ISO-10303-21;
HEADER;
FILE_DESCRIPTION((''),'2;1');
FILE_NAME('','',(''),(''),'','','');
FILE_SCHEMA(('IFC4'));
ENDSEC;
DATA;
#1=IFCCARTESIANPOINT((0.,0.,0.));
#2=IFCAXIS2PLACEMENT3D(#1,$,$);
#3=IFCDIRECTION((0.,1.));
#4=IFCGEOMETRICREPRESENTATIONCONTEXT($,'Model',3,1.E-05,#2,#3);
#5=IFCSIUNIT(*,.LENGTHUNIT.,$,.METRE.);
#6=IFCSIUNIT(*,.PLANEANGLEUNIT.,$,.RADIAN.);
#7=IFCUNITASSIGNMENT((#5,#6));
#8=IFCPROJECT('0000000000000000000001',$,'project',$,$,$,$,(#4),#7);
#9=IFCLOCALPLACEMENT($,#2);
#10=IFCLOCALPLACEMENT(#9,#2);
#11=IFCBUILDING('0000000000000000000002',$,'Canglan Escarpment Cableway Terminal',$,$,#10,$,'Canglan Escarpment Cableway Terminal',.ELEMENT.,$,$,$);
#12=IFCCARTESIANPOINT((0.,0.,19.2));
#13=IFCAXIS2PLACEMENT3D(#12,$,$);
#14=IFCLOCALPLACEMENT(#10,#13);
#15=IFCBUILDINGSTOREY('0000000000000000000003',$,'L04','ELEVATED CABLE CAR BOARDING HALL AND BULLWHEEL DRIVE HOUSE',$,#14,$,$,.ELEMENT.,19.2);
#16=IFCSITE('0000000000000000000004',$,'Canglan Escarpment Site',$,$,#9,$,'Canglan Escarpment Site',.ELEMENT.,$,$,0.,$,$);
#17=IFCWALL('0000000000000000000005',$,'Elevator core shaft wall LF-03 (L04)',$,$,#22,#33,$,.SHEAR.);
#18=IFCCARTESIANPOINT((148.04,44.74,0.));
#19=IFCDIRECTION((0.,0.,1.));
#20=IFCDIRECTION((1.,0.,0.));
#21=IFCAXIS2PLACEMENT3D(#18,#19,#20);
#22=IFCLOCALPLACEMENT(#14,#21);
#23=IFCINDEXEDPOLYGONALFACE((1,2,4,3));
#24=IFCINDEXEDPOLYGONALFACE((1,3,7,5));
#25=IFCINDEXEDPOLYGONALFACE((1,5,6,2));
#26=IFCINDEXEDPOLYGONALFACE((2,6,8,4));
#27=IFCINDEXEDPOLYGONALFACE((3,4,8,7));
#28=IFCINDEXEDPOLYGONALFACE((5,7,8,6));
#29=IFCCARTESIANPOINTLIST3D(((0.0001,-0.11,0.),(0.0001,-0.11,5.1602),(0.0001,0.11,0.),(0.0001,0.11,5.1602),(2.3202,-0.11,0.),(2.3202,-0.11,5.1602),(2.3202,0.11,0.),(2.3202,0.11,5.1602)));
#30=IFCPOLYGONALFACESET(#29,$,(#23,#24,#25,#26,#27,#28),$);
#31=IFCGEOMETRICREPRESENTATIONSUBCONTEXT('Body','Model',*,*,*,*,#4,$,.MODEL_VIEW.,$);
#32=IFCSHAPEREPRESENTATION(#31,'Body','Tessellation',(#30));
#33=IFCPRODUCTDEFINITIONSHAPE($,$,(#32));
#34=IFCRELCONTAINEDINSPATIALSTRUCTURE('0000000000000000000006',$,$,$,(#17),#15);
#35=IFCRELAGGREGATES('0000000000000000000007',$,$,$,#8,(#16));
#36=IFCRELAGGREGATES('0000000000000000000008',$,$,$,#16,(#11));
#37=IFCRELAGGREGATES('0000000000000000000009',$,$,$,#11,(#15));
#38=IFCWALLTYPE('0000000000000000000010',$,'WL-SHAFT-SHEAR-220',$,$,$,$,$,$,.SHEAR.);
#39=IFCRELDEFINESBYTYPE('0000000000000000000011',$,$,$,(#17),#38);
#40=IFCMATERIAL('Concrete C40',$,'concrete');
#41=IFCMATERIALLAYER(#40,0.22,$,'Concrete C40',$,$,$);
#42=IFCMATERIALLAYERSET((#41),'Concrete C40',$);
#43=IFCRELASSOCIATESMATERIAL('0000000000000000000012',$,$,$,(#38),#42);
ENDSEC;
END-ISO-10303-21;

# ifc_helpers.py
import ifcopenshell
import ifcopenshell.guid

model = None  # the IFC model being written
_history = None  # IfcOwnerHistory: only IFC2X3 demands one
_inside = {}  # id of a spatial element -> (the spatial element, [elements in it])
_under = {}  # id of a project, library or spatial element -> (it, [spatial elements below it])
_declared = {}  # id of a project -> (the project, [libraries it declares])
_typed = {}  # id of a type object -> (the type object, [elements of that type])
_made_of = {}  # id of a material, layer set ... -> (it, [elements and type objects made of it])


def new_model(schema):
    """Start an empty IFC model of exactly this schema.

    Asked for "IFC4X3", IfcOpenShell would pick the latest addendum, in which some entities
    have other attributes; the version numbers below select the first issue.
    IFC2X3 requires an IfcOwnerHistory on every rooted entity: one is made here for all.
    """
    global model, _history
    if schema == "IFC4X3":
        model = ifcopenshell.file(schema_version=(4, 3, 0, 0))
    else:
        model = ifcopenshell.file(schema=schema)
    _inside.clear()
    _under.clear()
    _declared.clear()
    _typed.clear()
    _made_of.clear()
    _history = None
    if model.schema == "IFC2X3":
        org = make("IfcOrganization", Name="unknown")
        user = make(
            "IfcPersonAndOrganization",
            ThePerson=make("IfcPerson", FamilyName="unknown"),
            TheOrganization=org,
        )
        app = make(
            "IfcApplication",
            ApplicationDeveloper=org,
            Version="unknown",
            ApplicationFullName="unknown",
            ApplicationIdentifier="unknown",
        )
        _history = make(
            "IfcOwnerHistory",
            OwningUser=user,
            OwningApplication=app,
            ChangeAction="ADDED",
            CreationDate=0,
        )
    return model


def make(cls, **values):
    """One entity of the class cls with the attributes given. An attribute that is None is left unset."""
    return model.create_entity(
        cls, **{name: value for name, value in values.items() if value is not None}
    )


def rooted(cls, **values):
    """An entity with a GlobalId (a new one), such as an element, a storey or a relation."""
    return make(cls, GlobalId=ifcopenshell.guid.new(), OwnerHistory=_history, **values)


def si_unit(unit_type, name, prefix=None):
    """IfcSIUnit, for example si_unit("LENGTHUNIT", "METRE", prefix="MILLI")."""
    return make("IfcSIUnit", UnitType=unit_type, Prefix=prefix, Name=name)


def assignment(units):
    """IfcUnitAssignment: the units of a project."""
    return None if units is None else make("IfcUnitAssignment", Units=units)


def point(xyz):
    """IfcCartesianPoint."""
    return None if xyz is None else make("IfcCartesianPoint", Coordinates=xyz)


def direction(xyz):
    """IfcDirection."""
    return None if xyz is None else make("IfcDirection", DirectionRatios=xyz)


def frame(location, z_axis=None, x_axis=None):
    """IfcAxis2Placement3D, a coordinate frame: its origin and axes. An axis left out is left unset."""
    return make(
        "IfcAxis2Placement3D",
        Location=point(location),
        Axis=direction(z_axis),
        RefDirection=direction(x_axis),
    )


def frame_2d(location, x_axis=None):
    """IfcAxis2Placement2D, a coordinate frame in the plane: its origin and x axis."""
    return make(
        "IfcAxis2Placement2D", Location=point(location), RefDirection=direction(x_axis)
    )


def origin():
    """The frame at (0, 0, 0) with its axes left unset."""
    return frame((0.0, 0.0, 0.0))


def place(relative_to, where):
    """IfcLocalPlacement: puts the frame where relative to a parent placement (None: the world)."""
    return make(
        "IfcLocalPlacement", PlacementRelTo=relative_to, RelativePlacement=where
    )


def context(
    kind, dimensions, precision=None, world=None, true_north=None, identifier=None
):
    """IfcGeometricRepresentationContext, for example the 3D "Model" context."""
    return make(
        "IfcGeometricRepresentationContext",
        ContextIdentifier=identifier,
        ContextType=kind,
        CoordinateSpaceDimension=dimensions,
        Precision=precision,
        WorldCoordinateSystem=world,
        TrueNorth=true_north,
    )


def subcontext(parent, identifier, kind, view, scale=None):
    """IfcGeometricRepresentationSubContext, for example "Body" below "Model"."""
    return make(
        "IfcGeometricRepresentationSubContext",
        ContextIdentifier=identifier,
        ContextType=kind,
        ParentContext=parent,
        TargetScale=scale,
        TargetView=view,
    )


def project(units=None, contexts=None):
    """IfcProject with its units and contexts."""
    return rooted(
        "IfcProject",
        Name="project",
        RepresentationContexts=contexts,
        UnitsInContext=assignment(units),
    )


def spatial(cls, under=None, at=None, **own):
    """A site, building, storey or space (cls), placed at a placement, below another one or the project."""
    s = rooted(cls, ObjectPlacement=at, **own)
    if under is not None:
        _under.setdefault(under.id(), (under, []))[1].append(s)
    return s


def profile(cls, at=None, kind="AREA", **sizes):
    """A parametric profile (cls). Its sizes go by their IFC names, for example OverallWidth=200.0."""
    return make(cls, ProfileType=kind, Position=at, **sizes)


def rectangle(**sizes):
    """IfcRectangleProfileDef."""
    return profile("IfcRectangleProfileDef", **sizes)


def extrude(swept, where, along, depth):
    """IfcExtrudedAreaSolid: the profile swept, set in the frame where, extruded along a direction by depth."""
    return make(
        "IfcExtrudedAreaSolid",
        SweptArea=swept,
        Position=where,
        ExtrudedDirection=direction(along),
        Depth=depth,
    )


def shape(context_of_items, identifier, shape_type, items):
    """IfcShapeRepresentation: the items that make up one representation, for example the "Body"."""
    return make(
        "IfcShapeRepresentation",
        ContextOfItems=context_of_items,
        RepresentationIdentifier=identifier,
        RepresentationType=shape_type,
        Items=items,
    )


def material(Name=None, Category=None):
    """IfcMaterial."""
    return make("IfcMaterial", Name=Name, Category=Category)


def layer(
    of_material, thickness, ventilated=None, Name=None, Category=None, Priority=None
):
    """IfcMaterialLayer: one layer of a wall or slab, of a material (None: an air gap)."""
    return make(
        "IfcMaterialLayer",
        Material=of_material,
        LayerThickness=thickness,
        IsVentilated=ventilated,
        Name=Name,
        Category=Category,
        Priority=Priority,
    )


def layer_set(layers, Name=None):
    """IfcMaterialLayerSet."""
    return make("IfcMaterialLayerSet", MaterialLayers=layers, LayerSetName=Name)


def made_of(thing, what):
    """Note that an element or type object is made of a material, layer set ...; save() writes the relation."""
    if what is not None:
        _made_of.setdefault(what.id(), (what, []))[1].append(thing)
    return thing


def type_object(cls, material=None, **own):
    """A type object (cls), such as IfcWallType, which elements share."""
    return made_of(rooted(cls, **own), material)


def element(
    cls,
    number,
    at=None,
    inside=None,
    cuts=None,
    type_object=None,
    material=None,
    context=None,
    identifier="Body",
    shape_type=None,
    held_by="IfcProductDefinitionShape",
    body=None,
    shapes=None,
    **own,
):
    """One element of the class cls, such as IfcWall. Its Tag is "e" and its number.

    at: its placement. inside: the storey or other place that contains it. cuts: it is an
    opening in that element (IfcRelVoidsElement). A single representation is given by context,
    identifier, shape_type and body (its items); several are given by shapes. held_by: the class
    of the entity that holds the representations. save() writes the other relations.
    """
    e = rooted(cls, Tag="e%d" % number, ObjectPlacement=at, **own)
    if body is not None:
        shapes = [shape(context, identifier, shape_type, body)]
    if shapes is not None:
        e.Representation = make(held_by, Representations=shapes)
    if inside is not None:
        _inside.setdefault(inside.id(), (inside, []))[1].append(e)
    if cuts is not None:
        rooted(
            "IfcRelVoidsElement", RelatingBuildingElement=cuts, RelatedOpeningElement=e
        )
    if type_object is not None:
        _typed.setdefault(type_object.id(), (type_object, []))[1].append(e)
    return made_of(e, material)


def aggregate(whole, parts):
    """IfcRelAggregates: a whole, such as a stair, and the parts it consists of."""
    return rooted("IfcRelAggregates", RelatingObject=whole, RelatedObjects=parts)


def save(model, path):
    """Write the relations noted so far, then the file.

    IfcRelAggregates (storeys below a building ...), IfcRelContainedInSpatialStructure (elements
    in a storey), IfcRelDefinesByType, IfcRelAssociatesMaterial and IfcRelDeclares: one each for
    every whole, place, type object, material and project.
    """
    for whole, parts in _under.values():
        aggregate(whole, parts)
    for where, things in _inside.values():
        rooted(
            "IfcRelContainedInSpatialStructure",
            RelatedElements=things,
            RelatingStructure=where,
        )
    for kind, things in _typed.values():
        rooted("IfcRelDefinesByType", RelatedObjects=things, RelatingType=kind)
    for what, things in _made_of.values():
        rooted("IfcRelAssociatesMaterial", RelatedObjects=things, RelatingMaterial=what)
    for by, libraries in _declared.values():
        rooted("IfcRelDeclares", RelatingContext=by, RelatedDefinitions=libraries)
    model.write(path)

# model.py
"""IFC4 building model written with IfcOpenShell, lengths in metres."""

from ifc_helpers import new_model, si_unit, direction, frame, frame_2d, origin, place, context, subcontext, project, spatial, rectangle, extrude, material, layer, layer_set, type_object, element, save


model = new_model("IFC4")

# Units and contexts
model_context = context("Model", 3, precision=1e-05, world=origin(), true_north=direction((0.0, 1.0)))
body_context = subcontext(model_context, "Body", "Model", "MODEL_VIEW")
ifc_project = project(units=[si_unit("LENGTHUNIT", "METRE"), si_unit("PLANEANGLEUNIT", "RADIAN")], contexts=[model_context])

# Site, building, storey
site_placement = place(None, origin())
site = spatial("IfcSite", under=ifc_project, at=site_placement, Name="Canglan Escarpment Site", LongName="Canglan Escarpment Site", CompositionType="ELEMENT", RefElevation=0.0)
building_placement = place(site_placement, origin())
building = spatial("IfcBuilding", under=site, at=building_placement, Name="Canglan Escarpment Cableway Terminal", LongName="Canglan Escarpment Cableway Terminal", CompositionType="ELEMENT")
storey_placement = place(building_placement, frame((0.0, 0.0, 19.2)))
storey = spatial("IfcBuildingStorey", under=building, at=storey_placement, Name="L04", Description="ELEVATED CABLE CAR BOARDING HALL AND BULLWHEEL DRIVE HOUSE", CompositionType="ELEMENT", Elevation=19.2)

# Shared definitions
ifc_material_1 = material(Name="Concrete C40", Category="concrete")

# Wall
ifc_layer_1 = layer(ifc_material_1, 0.22, Name="Concrete C40")
ifc_layer_set_1 = layer_set([ifc_layer_1], Name="Concrete C40")
wall_type_1 = type_object("IfcWallType", Name="WL-SHAFT-SHEAR-220", PredefinedType="SHEAR", material=ifc_layer_set_1)
wall_1_placement = place(storey_placement, frame((148.04, 44.74, 0.0), z_axis=(0.0, 0.0, 1.0), x_axis=(1.0, 0.0, 0.0)))
element("IfcWall", 1, at=wall_1_placement, inside=storey, type_object=wall_type_1, Name="Elevator core shaft wall LF-03 (L04)", PredefinedType="SHEAR", context=body_context, shape_type="SweptSolid", body=[
    extrude(rectangle(XDim=2.3201, YDim=0.22, at=frame_2d((1.1602, 0.0))), origin(), (0.0, 0.0, 1.0), 5.1602),
])

save(model, "model.ifc")
